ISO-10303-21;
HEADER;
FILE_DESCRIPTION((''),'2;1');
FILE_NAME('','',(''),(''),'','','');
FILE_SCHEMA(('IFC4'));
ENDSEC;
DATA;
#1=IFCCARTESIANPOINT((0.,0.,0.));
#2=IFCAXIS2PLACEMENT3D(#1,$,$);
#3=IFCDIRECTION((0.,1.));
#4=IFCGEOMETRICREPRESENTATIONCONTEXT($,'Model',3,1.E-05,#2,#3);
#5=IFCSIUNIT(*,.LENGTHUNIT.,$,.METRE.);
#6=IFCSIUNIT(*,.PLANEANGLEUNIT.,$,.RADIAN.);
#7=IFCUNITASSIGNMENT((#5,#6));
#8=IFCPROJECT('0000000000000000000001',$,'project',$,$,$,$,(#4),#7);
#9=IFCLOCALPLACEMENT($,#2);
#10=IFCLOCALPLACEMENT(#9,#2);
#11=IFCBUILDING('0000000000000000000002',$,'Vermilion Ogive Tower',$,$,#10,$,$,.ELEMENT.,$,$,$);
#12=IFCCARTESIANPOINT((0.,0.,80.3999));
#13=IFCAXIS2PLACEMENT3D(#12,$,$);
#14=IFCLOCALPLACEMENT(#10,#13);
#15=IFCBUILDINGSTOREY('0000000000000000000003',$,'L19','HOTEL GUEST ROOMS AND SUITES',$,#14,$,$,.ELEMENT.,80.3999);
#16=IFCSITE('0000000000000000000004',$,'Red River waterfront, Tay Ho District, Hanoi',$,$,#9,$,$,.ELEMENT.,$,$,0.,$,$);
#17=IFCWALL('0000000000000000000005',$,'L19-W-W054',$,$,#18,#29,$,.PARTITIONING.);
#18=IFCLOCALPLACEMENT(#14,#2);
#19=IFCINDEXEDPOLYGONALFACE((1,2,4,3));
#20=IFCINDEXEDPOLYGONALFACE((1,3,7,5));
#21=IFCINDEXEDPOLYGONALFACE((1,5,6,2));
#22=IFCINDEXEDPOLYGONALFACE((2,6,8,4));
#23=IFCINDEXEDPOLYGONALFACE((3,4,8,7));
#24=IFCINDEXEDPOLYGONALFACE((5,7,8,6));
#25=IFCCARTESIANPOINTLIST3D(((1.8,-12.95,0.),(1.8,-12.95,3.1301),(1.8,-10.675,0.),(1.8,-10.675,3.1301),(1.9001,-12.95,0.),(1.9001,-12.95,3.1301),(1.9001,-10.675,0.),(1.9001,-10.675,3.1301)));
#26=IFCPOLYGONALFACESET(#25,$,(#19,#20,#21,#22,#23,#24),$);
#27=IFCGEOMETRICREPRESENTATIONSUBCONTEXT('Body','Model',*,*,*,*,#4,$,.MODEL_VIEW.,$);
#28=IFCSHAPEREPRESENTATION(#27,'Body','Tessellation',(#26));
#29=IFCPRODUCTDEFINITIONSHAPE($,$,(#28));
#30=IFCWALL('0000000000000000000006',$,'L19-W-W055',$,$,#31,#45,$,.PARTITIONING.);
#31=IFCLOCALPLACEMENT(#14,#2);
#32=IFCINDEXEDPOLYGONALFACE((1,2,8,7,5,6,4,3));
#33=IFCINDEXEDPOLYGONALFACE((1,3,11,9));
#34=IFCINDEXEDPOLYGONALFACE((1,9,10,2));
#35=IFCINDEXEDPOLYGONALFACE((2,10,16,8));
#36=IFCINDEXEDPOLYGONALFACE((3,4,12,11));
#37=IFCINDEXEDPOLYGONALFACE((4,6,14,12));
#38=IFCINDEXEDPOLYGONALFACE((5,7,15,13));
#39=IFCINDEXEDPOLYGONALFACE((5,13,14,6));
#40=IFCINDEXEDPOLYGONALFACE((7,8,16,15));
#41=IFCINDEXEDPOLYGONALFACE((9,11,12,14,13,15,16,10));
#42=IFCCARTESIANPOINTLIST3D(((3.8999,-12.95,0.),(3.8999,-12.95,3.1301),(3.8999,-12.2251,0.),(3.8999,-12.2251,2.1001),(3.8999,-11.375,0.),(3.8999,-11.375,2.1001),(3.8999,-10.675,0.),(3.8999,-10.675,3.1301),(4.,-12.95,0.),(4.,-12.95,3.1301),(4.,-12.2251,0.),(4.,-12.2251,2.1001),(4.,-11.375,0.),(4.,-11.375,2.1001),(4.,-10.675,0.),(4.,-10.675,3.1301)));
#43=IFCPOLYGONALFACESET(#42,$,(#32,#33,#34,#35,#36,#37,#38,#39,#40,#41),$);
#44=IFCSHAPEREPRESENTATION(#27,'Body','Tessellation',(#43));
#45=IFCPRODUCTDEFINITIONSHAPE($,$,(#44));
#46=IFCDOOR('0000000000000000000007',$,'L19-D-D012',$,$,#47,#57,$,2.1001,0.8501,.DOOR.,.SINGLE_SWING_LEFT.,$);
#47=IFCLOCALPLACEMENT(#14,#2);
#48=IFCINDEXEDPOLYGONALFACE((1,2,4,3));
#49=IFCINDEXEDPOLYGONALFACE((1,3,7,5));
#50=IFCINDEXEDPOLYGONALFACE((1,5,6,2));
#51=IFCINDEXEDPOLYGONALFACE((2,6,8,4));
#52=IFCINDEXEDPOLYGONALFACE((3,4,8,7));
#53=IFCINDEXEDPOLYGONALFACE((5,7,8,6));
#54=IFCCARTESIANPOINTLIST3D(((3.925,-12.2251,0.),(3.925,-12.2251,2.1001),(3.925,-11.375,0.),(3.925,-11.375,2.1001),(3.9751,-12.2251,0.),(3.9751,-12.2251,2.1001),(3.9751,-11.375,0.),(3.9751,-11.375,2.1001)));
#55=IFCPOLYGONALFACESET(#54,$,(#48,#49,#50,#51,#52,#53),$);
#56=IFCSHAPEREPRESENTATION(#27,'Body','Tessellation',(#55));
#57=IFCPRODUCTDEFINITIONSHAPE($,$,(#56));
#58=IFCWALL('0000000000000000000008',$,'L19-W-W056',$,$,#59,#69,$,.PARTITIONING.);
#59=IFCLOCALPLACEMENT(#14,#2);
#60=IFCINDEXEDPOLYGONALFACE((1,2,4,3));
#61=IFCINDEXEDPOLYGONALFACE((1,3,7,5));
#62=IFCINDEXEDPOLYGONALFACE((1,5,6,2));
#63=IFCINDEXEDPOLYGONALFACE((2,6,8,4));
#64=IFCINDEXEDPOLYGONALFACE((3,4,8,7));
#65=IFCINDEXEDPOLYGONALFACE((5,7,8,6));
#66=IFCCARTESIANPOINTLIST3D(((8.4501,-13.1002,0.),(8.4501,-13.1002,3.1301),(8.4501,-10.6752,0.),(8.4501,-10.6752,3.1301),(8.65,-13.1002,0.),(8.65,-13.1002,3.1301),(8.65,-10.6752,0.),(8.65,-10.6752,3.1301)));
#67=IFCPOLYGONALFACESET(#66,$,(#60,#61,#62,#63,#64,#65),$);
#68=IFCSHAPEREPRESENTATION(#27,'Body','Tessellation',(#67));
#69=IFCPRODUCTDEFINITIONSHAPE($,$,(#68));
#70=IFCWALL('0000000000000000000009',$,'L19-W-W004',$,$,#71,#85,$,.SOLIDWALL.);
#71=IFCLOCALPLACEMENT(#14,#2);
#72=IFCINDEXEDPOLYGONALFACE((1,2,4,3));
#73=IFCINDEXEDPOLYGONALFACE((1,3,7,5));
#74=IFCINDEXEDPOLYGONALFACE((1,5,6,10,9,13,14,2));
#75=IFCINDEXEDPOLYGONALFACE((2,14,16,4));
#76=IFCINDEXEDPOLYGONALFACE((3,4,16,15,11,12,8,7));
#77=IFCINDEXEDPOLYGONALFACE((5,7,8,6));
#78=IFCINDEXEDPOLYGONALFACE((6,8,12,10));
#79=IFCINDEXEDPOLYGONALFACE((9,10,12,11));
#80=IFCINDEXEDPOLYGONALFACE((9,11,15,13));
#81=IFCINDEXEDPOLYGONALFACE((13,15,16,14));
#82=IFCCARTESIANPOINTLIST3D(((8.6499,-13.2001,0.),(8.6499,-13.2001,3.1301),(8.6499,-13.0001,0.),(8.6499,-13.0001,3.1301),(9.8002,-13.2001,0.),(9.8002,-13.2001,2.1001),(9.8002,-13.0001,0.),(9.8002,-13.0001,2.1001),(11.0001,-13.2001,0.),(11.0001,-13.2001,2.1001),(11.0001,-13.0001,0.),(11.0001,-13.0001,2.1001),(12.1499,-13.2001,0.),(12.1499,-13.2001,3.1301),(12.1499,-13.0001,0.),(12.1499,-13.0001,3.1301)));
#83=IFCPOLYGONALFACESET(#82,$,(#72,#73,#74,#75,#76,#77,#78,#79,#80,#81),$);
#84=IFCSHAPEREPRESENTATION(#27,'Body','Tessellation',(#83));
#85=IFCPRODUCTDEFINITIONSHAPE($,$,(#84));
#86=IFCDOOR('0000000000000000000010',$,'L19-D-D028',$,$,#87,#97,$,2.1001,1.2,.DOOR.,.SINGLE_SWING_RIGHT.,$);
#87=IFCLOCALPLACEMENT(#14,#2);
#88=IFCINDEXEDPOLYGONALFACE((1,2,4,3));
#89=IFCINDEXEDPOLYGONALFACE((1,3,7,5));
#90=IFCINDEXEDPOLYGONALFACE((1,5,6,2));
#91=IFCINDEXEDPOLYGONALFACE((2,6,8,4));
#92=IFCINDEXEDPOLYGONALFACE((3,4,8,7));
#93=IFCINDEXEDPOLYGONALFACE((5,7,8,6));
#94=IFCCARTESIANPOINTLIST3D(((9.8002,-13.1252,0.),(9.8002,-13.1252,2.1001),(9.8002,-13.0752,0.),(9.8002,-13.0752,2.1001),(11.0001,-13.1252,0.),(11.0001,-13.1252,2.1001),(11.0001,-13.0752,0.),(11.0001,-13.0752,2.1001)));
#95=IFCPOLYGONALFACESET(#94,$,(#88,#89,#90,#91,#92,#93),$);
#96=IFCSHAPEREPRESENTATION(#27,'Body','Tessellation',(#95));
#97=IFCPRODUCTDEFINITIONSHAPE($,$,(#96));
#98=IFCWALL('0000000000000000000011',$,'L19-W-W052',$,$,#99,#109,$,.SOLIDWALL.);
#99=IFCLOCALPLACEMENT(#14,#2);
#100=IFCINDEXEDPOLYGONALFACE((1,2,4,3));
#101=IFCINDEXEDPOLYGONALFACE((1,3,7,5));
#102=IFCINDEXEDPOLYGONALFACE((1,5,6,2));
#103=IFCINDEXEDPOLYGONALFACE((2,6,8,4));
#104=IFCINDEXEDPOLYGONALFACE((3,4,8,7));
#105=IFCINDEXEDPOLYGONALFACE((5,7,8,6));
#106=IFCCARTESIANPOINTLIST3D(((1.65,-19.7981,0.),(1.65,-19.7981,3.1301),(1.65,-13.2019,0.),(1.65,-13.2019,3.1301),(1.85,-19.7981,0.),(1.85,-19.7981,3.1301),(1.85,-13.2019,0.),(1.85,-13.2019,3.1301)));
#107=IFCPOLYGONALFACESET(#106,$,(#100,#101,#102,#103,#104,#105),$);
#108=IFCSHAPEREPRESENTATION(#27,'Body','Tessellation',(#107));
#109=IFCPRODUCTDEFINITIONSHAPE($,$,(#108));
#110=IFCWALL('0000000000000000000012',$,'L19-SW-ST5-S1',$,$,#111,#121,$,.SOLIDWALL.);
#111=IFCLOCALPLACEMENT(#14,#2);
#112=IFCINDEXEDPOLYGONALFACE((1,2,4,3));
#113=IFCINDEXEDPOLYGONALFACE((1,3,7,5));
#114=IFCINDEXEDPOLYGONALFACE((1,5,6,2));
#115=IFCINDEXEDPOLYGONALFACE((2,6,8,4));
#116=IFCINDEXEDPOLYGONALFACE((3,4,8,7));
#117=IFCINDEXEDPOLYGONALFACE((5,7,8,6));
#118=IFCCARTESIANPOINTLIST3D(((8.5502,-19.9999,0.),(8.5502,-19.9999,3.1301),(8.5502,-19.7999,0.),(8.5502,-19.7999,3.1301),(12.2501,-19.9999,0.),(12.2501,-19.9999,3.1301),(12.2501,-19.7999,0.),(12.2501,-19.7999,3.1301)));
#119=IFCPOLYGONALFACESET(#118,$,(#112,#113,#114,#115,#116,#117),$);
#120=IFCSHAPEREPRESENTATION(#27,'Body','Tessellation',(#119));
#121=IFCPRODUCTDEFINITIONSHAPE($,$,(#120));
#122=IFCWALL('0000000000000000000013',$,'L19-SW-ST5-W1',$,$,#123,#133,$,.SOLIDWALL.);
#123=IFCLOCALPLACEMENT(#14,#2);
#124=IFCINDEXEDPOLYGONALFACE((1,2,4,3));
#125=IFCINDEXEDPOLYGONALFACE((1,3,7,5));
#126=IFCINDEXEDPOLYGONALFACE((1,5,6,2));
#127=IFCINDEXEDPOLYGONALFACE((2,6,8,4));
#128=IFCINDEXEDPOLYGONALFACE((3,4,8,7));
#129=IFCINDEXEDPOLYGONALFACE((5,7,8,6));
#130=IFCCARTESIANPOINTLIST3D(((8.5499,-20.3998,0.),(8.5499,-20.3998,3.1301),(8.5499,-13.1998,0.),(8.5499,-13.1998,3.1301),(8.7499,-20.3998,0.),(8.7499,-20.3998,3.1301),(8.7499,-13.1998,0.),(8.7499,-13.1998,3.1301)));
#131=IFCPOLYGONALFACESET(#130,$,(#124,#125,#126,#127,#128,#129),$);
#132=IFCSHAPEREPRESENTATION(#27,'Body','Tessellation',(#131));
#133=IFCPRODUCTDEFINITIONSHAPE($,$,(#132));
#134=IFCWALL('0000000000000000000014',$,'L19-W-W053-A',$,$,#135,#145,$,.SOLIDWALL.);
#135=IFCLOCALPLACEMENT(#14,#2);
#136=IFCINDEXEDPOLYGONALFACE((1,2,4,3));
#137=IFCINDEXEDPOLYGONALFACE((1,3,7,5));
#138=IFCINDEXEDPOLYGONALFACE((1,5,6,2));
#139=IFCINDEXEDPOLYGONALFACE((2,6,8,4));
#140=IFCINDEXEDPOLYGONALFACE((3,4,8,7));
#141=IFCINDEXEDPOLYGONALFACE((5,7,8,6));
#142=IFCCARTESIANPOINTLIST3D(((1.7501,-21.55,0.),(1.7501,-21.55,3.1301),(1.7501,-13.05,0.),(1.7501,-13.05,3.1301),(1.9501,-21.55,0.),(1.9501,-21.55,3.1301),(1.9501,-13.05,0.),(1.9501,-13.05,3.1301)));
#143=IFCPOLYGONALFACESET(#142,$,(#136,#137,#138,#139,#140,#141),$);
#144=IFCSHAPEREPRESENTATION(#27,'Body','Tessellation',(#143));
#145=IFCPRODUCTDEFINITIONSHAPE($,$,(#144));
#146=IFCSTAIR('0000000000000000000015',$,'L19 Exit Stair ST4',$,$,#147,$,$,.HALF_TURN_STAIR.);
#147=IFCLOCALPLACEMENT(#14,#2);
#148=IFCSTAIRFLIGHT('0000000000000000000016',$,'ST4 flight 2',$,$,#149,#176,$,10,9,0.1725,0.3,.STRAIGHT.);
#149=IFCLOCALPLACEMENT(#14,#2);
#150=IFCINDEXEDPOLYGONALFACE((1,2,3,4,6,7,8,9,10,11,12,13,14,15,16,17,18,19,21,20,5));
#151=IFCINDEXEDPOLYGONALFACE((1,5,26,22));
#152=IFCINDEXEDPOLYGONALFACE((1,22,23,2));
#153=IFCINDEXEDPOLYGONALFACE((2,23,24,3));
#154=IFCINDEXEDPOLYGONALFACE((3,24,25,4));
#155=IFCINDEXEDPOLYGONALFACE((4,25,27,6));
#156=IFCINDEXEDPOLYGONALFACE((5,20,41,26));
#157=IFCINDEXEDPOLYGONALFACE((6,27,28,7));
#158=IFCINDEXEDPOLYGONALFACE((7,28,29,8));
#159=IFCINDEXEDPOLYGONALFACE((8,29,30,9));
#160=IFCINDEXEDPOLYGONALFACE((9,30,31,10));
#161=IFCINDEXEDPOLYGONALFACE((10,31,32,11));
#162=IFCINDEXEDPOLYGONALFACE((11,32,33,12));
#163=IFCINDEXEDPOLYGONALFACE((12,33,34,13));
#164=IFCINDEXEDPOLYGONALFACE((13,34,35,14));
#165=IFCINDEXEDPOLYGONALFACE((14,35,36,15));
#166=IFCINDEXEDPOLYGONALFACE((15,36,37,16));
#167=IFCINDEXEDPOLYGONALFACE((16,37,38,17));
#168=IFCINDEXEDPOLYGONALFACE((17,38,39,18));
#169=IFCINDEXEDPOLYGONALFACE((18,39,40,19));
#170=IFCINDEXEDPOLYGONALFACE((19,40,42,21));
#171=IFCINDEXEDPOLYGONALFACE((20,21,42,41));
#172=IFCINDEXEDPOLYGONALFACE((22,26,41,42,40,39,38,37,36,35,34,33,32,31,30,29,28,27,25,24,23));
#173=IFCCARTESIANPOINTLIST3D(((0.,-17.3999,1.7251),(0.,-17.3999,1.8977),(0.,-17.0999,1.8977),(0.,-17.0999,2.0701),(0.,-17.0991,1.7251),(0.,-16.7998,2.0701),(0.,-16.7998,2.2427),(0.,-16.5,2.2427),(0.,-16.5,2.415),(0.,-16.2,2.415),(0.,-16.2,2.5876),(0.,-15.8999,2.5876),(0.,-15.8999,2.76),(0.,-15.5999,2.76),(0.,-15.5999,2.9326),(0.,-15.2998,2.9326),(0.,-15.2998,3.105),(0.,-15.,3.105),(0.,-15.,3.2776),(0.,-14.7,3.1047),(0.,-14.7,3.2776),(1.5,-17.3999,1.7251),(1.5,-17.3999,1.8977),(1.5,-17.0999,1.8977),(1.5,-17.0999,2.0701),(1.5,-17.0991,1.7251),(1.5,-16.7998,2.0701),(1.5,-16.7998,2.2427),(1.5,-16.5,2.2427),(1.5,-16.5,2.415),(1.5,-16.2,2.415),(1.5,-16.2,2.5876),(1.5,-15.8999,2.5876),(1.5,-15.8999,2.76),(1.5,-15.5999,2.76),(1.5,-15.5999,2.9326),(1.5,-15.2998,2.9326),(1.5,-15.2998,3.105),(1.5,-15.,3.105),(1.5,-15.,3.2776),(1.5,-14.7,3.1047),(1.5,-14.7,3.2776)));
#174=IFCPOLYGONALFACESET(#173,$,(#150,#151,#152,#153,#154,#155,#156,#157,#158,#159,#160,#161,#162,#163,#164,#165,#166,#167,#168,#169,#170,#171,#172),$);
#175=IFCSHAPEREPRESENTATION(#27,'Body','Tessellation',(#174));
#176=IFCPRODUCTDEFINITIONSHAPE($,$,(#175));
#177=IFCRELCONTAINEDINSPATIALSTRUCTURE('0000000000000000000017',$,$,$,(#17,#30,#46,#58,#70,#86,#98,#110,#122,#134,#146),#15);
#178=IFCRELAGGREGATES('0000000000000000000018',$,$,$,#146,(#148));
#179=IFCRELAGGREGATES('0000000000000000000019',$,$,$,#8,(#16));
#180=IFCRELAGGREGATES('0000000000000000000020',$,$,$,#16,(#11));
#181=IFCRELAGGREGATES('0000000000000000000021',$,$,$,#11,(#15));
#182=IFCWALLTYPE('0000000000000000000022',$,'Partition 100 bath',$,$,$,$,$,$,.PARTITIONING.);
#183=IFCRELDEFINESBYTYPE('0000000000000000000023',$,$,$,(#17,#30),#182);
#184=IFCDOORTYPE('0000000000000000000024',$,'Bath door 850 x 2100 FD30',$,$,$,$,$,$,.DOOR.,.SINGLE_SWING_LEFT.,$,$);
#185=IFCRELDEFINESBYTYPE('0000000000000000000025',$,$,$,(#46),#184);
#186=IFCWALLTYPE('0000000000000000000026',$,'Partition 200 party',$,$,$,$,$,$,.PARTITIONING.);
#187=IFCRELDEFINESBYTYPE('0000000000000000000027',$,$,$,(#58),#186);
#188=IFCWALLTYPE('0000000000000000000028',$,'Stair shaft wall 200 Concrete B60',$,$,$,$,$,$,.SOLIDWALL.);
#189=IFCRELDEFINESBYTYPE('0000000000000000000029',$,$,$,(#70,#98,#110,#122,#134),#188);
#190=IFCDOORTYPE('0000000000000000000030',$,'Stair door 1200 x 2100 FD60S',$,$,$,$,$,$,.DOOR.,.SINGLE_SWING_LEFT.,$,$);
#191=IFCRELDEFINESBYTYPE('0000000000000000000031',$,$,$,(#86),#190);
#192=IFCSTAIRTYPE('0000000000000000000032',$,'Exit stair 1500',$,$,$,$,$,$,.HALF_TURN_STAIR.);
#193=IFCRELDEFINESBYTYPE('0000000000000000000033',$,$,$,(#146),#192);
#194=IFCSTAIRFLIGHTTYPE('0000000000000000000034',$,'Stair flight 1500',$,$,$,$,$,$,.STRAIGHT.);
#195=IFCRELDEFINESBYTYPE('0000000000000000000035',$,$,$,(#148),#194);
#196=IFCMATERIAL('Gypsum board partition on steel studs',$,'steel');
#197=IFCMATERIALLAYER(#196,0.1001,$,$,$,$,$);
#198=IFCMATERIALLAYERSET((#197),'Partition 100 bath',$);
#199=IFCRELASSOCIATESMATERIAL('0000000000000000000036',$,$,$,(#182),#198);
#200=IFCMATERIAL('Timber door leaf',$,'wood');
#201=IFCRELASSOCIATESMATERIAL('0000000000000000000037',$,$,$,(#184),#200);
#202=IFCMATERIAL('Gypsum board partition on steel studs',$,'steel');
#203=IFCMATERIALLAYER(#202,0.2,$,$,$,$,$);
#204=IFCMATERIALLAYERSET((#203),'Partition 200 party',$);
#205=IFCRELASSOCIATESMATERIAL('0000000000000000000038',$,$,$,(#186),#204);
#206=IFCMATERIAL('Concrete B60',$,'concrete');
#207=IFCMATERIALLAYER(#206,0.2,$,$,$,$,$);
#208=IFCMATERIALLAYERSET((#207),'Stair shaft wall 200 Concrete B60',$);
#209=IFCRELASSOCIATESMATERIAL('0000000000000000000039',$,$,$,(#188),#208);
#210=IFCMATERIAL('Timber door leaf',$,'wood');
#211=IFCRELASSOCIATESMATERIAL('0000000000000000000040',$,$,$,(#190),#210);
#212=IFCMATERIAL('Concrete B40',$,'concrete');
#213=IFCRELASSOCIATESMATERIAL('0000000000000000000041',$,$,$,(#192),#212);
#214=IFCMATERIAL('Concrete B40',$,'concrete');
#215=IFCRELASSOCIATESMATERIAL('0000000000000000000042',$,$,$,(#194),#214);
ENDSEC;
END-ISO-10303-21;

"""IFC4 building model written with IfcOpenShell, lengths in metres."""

from ifc_helpers import new_model, si_unit, direction, frame, frame_2d, origin, place, context, subcontext, project, spatial, polyline, rectangle, outline, extrude, material, layer, layer_set, type_object, element, fill, aggregate, save


model = new_model("IFC4")

# Units and contexts
model_context = context("Model", 3, precision=1e-05, world=origin(), true_north=direction((0.0, 1.0)))
body_context = subcontext(model_context, "Body", "Model", "MODEL_VIEW")
ifc_project = project(units=[si_unit("LENGTHUNIT", "METRE"), si_unit("PLANEANGLEUNIT", "RADIAN")], contexts=[model_context])

# Site, building, storey
site_placement = place(None, origin())
site = spatial("IfcSite", under=ifc_project, at=site_placement, Name="Red River waterfront, Tay Ho District, Hanoi", CompositionType="ELEMENT", RefElevation=0.0)
building_placement = place(site_placement, origin())
building = spatial("IfcBuilding", under=site, at=building_placement, Name="Vermilion Ogive Tower", CompositionType="ELEMENT")
storey_placement = place(building_placement, frame((0.0, 0.0, 80.3999)))
storey = spatial("IfcBuildingStorey", under=building, at=storey_placement, Name="L19", Description="HOTEL GUEST ROOMS AND SUITES", CompositionType="ELEMENT", Elevation=80.3999)

# Wall
ifc_material_1 = material(Name="Gypsum board partition on steel studs", Category="steel")
ifc_layer_1 = layer(ifc_material_1, 0.1001)
ifc_layer_set_1 = layer_set([ifc_layer_1], Name="Partition 100 bath")
wall_type_1 = type_object("IfcWallType", Name="Partition 100 bath", PredefinedType="PARTITIONING", material=ifc_layer_set_1)
wall_1_placement = place(storey_placement, frame((1.8501, -12.95, 0.0), z_axis=(0.0, 0.0, 1.0), x_axis=(0.0, 1.0, 0.0)))
element("IfcWall", 1, at=wall_1_placement, inside=storey, type_object=wall_type_1, Name="L19-W-W054", PredefinedType="PARTITIONING", context=body_context, shape_type="SweptSolid", body=[
    extrude(rectangle(XDim=2.2749, YDim=0.1001, at=frame_2d((1.1375, 0.0))), origin(), (0.0, 0.0, 1.0), 3.1301),
])

# Wall, opening, door
wall_2_placement = place(storey_placement, frame((3.95, -12.95, 0.0), z_axis=(0.0, 0.0, 1.0), x_axis=(0.0, 1.0, 0.0)))
wall_2 = element("IfcWall", 2, at=wall_2_placement, inside=storey, type_object=wall_type_1, Name="L19-W-W055", PredefinedType="PARTITIONING", context=body_context, shape_type="SweptSolid", body=[
    extrude(rectangle(XDim=2.2749, YDim=0.1001, at=frame_2d((1.1375, 0.0))), origin(), (0.0, 0.0, 1.0), 3.1301),
])
opening_1_placement = place(wall_2_placement, frame((0.7249, 0.0, 0.0)))
opening_1 = element("IfcOpeningElement", 3, at=opening_1_placement, cuts=wall_2, PredefinedType="OPENING", context=body_context, shape_type="SweptSolid", body=[
    extrude(rectangle(XDim=0.8501, YDim=2.1001, at=frame_2d((0.425, 1.05))), frame((0.0, 0.0601, 0.0), z_axis=(0.0, -1.0, 0.0), x_axis=(1.0, 0.0, 0.0)), (0.0, 0.0, 1.0), 0.1201),
])
ifc_material_2 = material(Name="Timber door leaf", Category="wood")
door_type_1 = type_object("IfcDoorType", Name="Bath door 850 x 2100 FD30", OperationType="SINGLE_SWING_LEFT", PredefinedType="DOOR", material=ifc_material_2)
door_1_placement = place(opening_1_placement, origin())
door_1 = element("IfcDoor", 4, at=door_1_placement, inside=storey, type_object=door_type_1, Name="L19-D-D012", OperationType="SINGLE_SWING_LEFT", OverallHeight=2.1001, OverallWidth=0.8501, PredefinedType="DOOR", context=body_context, shape_type="SweptSolid", body=[
    extrude(rectangle(XDim=0.8501, YDim=2.1001, at=frame_2d((0.425, 1.05))), frame((0.0, 0.0249, 0.0), z_axis=(0.0, -1.0, 0.0), x_axis=(1.0, 0.0, 0.0)), (0.0, 0.0, 1.0), 0.05),
])
fill(opening_1, door_1)

# Wall
ifc_material_3 = material(Name="Gypsum board partition on steel studs", Category="steel")
ifc_layer_2 = layer(ifc_material_3, 0.2)
ifc_layer_set_2 = layer_set([ifc_layer_2], Name="Partition 200 party")
wall_type_2 = type_object("IfcWallType", Name="Partition 200 party", PredefinedType="PARTITIONING", material=ifc_layer_set_2)
wall_3_placement = place(storey_placement, frame((8.55, -13.1001, 0.0), z_axis=(0.0, 0.0, 1.0), x_axis=(0.0, 1.0, 0.0)))
element("IfcWall", 5, at=wall_3_placement, inside=storey, type_object=wall_type_2, Name="L19-W-W056", PredefinedType="PARTITIONING", context=body_context, shape_type="SweptSolid", body=[
    extrude(rectangle(XDim=2.425, YDim=0.2, at=frame_2d((1.2124, 0.0))), origin(), (0.0, 0.0, 1.0), 3.1301),
])

# Wall, opening, door
ifc_material_4 = material(Name="Concrete B60", Category="concrete")
ifc_layer_3 = layer(ifc_material_4, 0.2)
ifc_layer_set_3 = layer_set([ifc_layer_3], Name="Stair shaft wall 200 Concrete B60")
wall_type_3 = type_object("IfcWallType", Name="Stair shaft wall 200 Concrete B60", PredefinedType="SOLIDWALL", material=ifc_layer_set_3)
wall_4_placement = place(storey_placement, frame((8.6499, -13.1001, 0.0), z_axis=(0.0, 0.0, 1.0), x_axis=(1.0, 0.0, 0.0)))
wall_4 = element("IfcWall", 6, at=wall_4_placement, inside=storey, type_object=wall_type_3, Name="L19-W-W004", PredefinedType="SOLIDWALL", context=body_context, shape_type="SweptSolid", body=[
    extrude(rectangle(XDim=3.5, YDim=0.2, at=frame_2d((1.75, 0.0))), origin(), (0.0, 0.0, 1.0), 3.1301),
])
opening_2_placement = place(wall_4_placement, frame((1.1501, 0.0, 0.0)))
opening_2 = element("IfcOpeningElement", 7, at=opening_2_placement, cuts=wall_4, PredefinedType="OPENING", context=body_context, shape_type="SweptSolid", body=[
    extrude(rectangle(XDim=1.2, YDim=2.1001, at=frame_2d((0.6001, 1.05))), frame((0.0, 0.1099, 0.0), z_axis=(0.0, -1.0, 0.0), x_axis=(1.0, 0.0, 0.0)), (0.0, 0.0, 1.0), 0.22),
])
ifc_material_5 = material(Name="Timber door leaf", Category="wood")
door_type_2 = type_object("IfcDoorType", Name="Stair door 1200 x 2100 FD60S", OperationType="SINGLE_SWING_LEFT", PredefinedType="DOOR", material=ifc_material_5)
door_2_placement = place(opening_2_placement, origin())
door_2 = element("IfcDoor", 8, at=door_2_placement, inside=storey, type_object=door_type_2, Name="L19-D-D028", OperationType="SINGLE_SWING_RIGHT", OverallHeight=2.1001, OverallWidth=1.2, PredefinedType="DOOR", context=body_context, shape_type="SweptSolid", body=[
    extrude(rectangle(XDim=1.2, YDim=2.1001, at=frame_2d((0.6001, 1.05))), frame((0.0, 0.0249, 0.0), z_axis=(0.0, -1.0, 0.0), x_axis=(1.0, 0.0, 0.0)), (0.0, 0.0, 1.0), 0.05),
])
fill(opening_2, door_2)

# Walls
wall_5_placement = place(storey_placement, frame((1.75, -19.7981, 0.0), z_axis=(0.0, 0.0, 1.0), x_axis=(0.0, 1.0, 0.0)))
element("IfcWall", 9, at=wall_5_placement, inside=storey, type_object=wall_type_3, Name="L19-W-W052", PredefinedType="SOLIDWALL", context=body_context, shape_type="SweptSolid", body=[
    extrude(rectangle(XDim=6.5962, YDim=0.2, at=frame_2d((3.2981, 0.0))), origin(), (0.0, 0.0, 1.0), 3.1301),
])
wall_6_placement = place(storey_placement, frame((8.55, -19.8999, 0.0), z_axis=(0.0, 0.0, 1.0), x_axis=(1.0, 0.0, 0.0)))
element("IfcWall", 10, at=wall_6_placement, inside=storey, type_object=wall_type_3, Name="L19-SW-ST5-S1", PredefinedType="SOLIDWALL", context=body_context, shape_type="SweptSolid", body=[
    extrude(rectangle(XDim=3.7, YDim=0.2, at=frame_2d((1.8501, 0.0))), origin(), (0.0, 0.0, 1.0), 3.1301),
])
wall_7_placement = place(storey_placement, frame((8.6499, -20.3999, 0.0), z_axis=(0.0, 0.0, 1.0), x_axis=(0.0, 1.0, 0.0)))
element("IfcWall", 11, at=wall_7_placement, inside=storey, type_object=wall_type_3, Name="L19-SW-ST5-W1", PredefinedType="SOLIDWALL", context=body_context, shape_type="SweptSolid", body=[
    extrude(rectangle(XDim=7.2, YDim=0.2, at=frame_2d((3.6001, 0.0))), origin(), (0.0, 0.0, 1.0), 3.1301),
])
wall_8_placement = place(storey_placement, frame((1.8501, -21.55, 0.0), z_axis=(0.0, 0.0, 1.0), x_axis=(0.0, 1.0, 0.0)))
element("IfcWall", 12, at=wall_8_placement, inside=storey, type_object=wall_type_3, Name="L19-W-W053-A", PredefinedType="SOLIDWALL", context=body_context, shape_type="SweptSolid", body=[
    extrude(rectangle(XDim=8.5, YDim=0.2, at=frame_2d((4.25, 0.0))), origin(), (0.0, 0.0, 1.0), 3.1301),
])

# Stair, stair flight
ifc_material_6 = material(Name="Concrete B40", Category="concrete")
stair_type = type_object("IfcStairType", Name="Exit stair 1500", PredefinedType="HALF_TURN_STAIR", material=ifc_material_6)
stair_placement = place(storey_placement, origin())
stair = element("IfcStair", 13, at=stair_placement, inside=storey, type_object=stair_type, Name="L19 Exit Stair ST4", PredefinedType="HALF_TURN_STAIR")
ifc_material_7 = material(Name="Concrete B40", Category="concrete")
stair_flight_type = type_object("IfcStairFlightType", Name="Stair flight 1500", PredefinedType="STRAIGHT", material=ifc_material_7)
stair_flight_placement = place(storey_placement, frame((0.75, -17.3999, 1.7251), z_axis=(0.0, 0.0, 1.0), x_axis=(0.0, 1.0, 0.0)))
stair_flight = element("IfcStairFlight", 14, at=stair_flight_placement, type_object=stair_flight_type, Name="ST4 flight 2", NumberOfRisers=10, NumberOfTreads=9, PredefinedType="STRAIGHT", RiserHeight=0.1725, TreadLength=0.3, context=body_context, shape_type="SweptSolid", body=[
    extrude(outline(polyline([(0.0, 0.0), (0.0, 0.1726), (0.3, 0.1726), (0.3, 0.345), (0.6001, 0.345), (0.6001, 0.5176), (0.8999, 0.5176), (0.8999, 0.6899), (1.2, 0.6899), (1.2, 0.8625), (1.5, 0.8625), (1.5, 1.0349), (1.8, 1.0349), (1.8, 1.2075), (2.1001, 1.2075), (2.1001, 1.3799), (2.3999, 1.3799), (2.3999, 1.5525), (2.7, 1.5525), (2.7, 1.7251), (2.7, 1.3796), (0.3008, 0.0), (0.0, 0.0)])), frame((0.0, 0.75, 0.0), z_axis=(0.0, -1.0, 0.0), x_axis=(1.0, 0.0, 0.0)), (0.0, 0.0, 1.0), 1.5),
])
aggregate(stair, [stair_flight])

save(model, "model.ifc")
